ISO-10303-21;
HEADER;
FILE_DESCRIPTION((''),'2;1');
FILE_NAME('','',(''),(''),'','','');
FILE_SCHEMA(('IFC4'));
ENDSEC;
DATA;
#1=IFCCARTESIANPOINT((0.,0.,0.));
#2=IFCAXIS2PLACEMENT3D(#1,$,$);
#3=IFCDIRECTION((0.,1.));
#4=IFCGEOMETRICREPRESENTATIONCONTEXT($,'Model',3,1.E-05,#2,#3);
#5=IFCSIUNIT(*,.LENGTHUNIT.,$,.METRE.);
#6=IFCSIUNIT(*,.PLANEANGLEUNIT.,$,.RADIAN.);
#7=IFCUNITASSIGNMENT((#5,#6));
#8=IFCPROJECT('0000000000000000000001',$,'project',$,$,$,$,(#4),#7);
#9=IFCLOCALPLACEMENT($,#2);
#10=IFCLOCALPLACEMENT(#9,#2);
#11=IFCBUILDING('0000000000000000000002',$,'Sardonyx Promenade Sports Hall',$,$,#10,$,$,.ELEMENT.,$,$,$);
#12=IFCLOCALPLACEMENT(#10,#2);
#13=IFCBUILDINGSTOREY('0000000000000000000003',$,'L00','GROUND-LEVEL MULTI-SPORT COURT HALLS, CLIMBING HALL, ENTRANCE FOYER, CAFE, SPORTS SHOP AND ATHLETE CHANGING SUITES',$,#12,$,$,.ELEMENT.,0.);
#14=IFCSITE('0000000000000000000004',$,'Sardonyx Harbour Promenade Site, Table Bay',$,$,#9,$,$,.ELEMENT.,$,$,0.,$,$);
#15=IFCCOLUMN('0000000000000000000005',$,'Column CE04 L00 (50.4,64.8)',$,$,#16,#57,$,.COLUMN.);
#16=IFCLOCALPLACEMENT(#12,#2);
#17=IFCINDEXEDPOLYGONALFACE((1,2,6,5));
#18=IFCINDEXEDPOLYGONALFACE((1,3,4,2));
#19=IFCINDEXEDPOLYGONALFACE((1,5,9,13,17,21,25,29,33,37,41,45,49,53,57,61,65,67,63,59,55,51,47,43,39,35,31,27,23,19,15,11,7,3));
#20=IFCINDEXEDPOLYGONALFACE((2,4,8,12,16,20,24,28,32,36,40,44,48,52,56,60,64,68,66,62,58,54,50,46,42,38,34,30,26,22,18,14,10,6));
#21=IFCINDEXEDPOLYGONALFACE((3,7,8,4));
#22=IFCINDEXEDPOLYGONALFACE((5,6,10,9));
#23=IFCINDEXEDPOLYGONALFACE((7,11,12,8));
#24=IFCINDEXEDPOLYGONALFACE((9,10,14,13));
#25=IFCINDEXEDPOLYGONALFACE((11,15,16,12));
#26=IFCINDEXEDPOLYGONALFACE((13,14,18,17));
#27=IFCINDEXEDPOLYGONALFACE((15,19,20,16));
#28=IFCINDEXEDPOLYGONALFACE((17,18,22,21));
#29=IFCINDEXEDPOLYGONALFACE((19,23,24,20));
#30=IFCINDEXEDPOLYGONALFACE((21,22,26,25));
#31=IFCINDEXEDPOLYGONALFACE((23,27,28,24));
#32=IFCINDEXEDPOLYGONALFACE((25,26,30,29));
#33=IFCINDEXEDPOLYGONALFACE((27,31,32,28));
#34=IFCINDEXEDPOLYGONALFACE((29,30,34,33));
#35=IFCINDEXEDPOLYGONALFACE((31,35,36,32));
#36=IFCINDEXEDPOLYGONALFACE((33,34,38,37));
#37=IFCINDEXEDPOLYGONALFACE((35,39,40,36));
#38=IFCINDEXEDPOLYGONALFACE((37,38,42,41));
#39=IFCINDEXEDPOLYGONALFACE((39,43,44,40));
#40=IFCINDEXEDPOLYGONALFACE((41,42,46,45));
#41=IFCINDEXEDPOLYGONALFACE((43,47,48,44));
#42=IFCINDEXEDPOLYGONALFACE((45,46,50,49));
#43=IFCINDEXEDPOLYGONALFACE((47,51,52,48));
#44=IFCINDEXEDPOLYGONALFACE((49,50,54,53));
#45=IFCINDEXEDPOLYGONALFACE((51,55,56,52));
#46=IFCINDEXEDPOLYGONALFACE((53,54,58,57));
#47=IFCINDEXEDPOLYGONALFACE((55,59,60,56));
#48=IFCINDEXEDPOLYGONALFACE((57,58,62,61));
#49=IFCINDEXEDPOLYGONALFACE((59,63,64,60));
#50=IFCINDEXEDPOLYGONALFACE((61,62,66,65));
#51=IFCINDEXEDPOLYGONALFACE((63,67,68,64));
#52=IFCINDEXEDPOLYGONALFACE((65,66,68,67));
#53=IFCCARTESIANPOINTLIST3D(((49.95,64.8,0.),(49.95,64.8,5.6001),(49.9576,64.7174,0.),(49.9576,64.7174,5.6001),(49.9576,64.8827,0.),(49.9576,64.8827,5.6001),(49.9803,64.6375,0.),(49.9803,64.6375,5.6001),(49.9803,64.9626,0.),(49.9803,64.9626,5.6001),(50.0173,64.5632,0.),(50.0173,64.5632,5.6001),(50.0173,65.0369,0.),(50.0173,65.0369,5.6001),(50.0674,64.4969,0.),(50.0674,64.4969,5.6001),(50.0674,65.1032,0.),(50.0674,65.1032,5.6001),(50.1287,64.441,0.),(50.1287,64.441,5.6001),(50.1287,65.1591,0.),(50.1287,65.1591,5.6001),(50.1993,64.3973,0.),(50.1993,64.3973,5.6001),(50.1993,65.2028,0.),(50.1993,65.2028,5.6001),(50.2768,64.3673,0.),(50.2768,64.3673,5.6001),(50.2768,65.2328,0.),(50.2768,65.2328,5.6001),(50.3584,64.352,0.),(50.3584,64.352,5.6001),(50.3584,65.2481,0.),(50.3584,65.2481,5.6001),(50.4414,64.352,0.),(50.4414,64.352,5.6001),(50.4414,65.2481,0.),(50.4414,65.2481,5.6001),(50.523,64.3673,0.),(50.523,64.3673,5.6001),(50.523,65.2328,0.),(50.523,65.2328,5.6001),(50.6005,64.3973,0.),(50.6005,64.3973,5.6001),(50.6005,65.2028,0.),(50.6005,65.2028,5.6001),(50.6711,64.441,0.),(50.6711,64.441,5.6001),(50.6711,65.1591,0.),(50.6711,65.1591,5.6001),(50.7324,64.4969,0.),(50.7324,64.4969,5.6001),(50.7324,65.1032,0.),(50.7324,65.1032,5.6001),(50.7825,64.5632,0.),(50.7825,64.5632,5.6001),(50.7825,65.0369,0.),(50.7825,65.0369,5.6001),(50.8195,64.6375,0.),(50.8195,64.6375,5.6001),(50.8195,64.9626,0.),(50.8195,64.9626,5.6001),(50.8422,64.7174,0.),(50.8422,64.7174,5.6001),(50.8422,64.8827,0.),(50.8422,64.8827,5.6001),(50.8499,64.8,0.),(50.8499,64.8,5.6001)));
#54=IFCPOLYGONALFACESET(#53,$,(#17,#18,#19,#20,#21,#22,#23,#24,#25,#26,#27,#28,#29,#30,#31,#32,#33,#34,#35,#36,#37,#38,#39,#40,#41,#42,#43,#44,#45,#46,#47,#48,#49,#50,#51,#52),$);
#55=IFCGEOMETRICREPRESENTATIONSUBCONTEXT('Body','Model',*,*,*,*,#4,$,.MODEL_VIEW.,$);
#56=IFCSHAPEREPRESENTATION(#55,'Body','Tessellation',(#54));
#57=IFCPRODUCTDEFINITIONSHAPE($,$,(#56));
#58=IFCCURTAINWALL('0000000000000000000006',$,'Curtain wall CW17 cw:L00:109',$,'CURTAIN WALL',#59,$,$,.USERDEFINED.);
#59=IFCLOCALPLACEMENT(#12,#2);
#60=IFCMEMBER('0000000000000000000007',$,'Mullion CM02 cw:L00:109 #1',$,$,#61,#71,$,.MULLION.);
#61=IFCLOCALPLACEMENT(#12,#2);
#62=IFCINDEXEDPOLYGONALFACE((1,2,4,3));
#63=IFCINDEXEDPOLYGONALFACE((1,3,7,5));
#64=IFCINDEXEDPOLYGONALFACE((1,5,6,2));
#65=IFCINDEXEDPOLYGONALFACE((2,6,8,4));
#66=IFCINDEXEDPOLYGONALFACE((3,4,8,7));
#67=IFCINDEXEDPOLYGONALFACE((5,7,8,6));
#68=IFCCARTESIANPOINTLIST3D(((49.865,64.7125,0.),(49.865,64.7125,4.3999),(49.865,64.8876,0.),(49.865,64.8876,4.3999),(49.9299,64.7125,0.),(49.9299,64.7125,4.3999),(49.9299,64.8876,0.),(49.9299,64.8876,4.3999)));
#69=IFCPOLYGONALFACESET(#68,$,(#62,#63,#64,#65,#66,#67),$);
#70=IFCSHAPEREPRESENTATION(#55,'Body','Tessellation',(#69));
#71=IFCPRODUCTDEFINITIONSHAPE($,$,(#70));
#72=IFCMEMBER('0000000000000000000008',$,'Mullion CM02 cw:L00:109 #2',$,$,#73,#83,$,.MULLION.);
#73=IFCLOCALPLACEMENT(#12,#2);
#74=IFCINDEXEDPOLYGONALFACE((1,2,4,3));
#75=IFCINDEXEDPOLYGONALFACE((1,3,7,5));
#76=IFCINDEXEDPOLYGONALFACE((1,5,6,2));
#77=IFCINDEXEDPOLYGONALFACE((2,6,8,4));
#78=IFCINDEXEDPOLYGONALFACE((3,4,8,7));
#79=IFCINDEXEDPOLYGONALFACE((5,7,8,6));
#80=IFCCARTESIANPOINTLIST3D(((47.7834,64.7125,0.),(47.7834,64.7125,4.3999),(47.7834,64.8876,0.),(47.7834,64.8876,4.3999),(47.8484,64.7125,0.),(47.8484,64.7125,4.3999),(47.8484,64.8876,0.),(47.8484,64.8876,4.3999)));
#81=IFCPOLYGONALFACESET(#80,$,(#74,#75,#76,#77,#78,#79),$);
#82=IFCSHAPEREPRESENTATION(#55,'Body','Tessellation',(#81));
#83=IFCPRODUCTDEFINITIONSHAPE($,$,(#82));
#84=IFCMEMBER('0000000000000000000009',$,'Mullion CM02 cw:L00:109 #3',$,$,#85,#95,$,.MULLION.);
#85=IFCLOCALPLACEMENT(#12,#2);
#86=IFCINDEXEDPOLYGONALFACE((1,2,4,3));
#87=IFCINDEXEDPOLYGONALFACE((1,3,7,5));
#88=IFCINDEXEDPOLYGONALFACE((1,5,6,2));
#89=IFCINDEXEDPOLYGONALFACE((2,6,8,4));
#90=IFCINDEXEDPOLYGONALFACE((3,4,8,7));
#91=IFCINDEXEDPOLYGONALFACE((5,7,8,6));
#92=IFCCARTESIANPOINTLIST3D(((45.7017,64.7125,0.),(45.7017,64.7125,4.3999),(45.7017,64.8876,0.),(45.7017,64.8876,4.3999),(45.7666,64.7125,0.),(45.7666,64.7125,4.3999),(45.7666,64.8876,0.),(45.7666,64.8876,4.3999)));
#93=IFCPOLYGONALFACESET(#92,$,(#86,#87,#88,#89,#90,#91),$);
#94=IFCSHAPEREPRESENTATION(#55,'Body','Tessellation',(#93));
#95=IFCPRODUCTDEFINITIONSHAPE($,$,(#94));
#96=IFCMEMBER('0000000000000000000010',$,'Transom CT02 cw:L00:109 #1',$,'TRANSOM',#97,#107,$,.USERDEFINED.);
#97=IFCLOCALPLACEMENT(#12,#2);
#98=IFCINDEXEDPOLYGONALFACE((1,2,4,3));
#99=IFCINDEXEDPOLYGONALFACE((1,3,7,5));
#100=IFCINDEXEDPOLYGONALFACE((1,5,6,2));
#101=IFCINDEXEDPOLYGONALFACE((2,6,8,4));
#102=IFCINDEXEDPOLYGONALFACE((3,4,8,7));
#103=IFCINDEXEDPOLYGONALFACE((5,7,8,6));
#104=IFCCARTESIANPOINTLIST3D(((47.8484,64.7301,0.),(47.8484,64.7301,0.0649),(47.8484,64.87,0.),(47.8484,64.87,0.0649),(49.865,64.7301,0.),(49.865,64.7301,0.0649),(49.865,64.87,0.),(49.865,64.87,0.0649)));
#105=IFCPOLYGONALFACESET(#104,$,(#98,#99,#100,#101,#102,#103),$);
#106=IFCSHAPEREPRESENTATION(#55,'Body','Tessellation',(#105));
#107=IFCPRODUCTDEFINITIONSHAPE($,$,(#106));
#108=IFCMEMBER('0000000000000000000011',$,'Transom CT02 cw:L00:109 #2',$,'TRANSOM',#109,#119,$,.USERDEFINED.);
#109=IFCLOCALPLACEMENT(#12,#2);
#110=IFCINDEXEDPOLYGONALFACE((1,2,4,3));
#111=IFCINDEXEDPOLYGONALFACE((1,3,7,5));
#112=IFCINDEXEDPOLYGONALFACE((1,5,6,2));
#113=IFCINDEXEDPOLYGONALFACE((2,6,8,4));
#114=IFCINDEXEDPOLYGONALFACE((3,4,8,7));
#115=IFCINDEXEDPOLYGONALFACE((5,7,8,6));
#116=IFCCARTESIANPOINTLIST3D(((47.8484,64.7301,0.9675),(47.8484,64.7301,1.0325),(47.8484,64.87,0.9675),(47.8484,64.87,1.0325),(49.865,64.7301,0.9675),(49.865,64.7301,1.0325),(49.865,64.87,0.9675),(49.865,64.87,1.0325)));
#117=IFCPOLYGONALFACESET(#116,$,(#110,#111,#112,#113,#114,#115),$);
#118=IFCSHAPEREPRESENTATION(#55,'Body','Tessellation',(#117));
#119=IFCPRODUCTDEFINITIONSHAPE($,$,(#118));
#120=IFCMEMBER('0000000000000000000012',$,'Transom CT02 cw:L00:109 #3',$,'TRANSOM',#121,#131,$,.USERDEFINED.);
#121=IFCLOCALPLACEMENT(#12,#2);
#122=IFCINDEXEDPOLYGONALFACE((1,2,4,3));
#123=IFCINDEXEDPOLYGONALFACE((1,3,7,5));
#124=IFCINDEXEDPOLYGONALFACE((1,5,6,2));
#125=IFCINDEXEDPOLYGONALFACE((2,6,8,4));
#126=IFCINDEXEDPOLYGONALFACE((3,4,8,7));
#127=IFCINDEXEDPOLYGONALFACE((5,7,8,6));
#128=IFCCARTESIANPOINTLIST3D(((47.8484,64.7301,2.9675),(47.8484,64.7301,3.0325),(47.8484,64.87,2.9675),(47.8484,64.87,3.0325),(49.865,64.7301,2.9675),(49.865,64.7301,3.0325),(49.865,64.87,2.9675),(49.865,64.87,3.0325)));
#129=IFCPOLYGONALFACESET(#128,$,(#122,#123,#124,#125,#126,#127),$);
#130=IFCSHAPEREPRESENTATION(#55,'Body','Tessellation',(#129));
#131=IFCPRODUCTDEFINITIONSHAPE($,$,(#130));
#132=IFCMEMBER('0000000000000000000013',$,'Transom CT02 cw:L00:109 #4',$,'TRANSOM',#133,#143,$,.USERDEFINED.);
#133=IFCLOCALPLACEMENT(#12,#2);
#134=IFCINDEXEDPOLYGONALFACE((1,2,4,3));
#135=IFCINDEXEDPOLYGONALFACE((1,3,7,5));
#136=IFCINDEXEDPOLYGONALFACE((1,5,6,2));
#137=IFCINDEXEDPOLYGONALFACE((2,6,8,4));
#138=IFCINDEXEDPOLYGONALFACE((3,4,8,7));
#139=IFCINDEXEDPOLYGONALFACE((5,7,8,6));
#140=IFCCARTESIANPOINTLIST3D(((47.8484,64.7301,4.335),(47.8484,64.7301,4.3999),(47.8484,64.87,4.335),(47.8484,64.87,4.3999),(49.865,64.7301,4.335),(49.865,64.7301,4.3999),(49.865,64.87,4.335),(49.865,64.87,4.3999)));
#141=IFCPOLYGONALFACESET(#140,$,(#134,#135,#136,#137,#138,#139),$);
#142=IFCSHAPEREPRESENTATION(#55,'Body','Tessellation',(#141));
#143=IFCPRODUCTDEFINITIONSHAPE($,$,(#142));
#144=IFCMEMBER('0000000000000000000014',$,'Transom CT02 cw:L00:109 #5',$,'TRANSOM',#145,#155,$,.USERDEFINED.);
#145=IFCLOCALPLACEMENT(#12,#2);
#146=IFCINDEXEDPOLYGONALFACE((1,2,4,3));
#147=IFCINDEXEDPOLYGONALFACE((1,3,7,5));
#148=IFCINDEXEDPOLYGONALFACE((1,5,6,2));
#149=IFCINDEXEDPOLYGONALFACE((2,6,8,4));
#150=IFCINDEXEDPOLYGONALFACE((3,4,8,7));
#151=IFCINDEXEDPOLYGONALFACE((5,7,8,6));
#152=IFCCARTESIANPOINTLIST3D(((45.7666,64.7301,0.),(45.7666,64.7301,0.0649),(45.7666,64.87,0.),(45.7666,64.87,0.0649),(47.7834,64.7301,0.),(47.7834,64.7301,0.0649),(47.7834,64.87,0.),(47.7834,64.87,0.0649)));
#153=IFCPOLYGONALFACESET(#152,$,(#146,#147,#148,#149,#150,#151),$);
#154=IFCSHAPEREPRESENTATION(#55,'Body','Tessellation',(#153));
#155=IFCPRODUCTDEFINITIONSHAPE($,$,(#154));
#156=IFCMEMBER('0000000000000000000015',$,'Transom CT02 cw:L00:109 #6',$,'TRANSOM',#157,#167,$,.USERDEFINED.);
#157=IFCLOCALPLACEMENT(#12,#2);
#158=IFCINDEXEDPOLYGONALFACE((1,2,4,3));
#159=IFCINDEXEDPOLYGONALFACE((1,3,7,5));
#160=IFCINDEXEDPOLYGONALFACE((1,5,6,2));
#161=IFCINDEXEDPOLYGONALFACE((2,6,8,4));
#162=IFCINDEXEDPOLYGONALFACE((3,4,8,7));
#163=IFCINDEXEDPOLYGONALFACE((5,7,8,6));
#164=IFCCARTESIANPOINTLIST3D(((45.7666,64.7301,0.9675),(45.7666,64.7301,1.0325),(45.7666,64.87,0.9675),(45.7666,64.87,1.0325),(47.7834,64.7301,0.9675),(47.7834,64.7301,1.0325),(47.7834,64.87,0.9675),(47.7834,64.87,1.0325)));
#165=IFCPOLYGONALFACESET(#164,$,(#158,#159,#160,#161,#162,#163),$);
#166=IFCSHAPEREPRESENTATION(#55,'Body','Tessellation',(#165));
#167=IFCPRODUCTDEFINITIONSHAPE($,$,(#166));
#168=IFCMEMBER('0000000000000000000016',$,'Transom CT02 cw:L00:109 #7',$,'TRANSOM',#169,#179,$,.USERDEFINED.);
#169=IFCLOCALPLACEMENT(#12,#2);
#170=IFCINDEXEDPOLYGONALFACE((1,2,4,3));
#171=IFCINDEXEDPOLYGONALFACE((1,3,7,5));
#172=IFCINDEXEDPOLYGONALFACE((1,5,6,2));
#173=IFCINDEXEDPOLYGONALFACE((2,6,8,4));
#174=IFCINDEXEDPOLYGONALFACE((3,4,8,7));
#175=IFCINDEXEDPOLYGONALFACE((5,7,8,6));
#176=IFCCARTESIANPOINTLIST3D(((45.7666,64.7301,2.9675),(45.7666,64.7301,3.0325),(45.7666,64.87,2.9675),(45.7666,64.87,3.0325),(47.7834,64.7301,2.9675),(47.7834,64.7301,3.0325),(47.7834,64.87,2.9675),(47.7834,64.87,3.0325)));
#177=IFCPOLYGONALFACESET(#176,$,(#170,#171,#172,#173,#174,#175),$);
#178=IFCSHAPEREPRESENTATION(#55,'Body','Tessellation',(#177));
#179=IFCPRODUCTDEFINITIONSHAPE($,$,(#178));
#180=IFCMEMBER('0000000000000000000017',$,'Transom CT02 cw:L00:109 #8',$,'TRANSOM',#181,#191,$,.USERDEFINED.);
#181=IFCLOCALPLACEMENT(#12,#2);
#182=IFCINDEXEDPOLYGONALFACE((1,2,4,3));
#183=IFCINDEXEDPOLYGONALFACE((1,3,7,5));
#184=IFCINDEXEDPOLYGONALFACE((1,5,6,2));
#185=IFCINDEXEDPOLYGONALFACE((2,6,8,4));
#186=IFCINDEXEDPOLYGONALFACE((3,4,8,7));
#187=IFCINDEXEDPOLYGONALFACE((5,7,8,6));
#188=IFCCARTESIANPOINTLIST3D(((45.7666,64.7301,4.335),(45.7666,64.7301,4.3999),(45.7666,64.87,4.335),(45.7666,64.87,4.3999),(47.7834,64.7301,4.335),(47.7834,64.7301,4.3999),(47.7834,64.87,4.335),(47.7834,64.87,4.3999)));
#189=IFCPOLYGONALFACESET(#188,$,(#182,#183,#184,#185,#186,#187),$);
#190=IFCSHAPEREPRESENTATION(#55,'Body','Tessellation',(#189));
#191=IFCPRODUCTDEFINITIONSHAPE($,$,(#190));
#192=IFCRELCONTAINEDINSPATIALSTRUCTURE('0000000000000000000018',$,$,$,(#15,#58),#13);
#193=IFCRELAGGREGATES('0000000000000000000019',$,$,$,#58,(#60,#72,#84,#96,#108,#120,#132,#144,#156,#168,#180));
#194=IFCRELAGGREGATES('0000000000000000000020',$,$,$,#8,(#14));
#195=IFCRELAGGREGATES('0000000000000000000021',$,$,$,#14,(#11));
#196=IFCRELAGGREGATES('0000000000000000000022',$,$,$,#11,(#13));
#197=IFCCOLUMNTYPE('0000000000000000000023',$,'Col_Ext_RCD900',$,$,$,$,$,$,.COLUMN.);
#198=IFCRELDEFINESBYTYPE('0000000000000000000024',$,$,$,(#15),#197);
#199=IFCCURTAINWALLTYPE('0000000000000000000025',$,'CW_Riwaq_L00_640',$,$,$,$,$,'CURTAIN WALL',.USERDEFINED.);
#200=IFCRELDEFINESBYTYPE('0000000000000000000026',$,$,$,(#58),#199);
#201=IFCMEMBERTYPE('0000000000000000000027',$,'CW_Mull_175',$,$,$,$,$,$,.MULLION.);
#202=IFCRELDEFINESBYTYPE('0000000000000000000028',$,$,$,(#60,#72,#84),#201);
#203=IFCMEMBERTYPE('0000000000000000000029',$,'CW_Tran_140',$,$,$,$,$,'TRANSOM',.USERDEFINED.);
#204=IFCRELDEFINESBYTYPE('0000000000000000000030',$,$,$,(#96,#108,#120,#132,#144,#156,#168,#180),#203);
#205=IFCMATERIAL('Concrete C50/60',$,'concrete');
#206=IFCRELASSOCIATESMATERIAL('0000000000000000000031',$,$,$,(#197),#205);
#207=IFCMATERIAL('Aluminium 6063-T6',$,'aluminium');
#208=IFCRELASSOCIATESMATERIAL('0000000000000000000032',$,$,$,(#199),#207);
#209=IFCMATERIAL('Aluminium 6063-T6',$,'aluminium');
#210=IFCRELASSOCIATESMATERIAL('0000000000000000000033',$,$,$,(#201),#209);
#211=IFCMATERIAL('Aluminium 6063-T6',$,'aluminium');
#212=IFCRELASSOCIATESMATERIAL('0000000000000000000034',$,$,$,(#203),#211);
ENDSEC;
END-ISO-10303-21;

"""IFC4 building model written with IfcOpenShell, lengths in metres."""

from ifc_helpers import new_model, si_unit, direction, frame, origin, origin_2d, place, context, subcontext, project, spatial, rectangle, circle, extrude, material, material_profile, profile_set, type_object, element, aggregate, save


model = new_model("IFC4")

# Units and contexts
model_context = context("Model", 3, precision=1e-05, world=origin(), true_north=direction((0.0, 1.0)))
body_context = subcontext(model_context, "Body", "Model", "MODEL_VIEW")
ifc_project = project(units=[si_unit("LENGTHUNIT", "METRE"), si_unit("PLANEANGLEUNIT", "RADIAN")], contexts=[model_context])

# Site, building, storey
site_placement = place(None, origin())
site = spatial("IfcSite", under=ifc_project, at=site_placement, Name="Sardonyx Harbour Promenade Site, Table Bay", CompositionType="ELEMENT", RefElevation=0.0)
building_placement = place(site_placement, origin())
building = spatial("IfcBuilding", under=site, at=building_placement, Name="Sardonyx Promenade Sports Hall", CompositionType="ELEMENT")
storey_placement = place(building_placement, origin())
storey = spatial("IfcBuildingStorey", under=building, at=storey_placement, Name="L00", Description="GROUND-LEVEL MULTI-SPORT COURT HALLS, CLIMBING HALL, ENTRANCE FOYER, CAFE, SPORTS SHOP AND ATHLETE CHANGING SUITES", CompositionType="ELEMENT", Elevation=0.0)

# Column
ifc_material_1 = material(Name="Concrete C50/60", Category="concrete")
ifc_material_profile_1 = material_profile(ifc_material_1, circle(Radius=0.45, at=origin_2d()))
ifc_profile_set_1 = profile_set([ifc_material_profile_1], Name="Concrete C50/60")
column_type = type_object("IfcColumnType", Name="Col_Ext_RCD900", PredefinedType="COLUMN", material=ifc_profile_set_1)
column_placement = place(storey_placement, frame((50.3999, 64.8, 0.0), z_axis=(0.0, 0.0, 1.0), x_axis=(1.0, 0.0, 0.0)))
element("IfcColumn", 1, at=column_placement, inside=storey, type_object=column_type, Name="Column CE04 L00 (50.4,64.8)", PredefinedType="COLUMN", context=body_context, shape_type="SweptSolid", body=[
    extrude(circle(Radius=0.45, at=origin_2d()), origin(), (0.0, 0.0, 1.0), 5.6001),
])

# Curtain wall, members
ifc_material_2 = material(Name="Aluminium 6063-T6", Category="aluminium")
curtain_wall_type = type_object("IfcCurtainWallType", Name="CW_Riwaq_L00_640", ElementType="CURTAIN WALL", PredefinedType="USERDEFINED", material=ifc_material_2)
curtain_wall_placement = place(storey_placement, origin())
curtain_wall = element("IfcCurtainWall", 2, at=curtain_wall_placement, inside=storey, type_object=curtain_wall_type, Name="Curtain wall CW17 cw:L00:109", ObjectType="CURTAIN WALL", PredefinedType="USERDEFINED")
ifc_material_3 = material(Name="Aluminium 6063-T6", Category="aluminium")
ifc_material_profile_2 = material_profile(ifc_material_3, rectangle(XDim=0.0649, YDim=0.175, at=origin_2d()))
ifc_profile_set_2 = profile_set([ifc_material_profile_2], Name="Aluminium 6063-T6")
member_type_1 = type_object("IfcMemberType", Name="CW_Mull_175", PredefinedType="MULLION", material=ifc_profile_set_2)
member_1_placement = place(storey_placement, frame((49.8975, 64.8, 0.0), z_axis=(0.0, 0.0, 1.0), x_axis=(-1.0, 0.0, 0.0)))
member_1 = element("IfcMember", 3, at=member_1_placement, type_object=member_type_1, Name="Mullion CM02 cw:L00:109 #1", PredefinedType="MULLION", context=body_context, shape_type="SweptSolid", body=[
    extrude(rectangle(XDim=0.0649, YDim=0.175, at=origin_2d()), origin(), (0.0, 0.0, 1.0), 4.3999),
])
member_2_placement = place(storey_placement, frame((47.8159, 64.8, 0.0), z_axis=(0.0, 0.0, 1.0), x_axis=(-1.0, 0.0, 0.0)))
member_2 = element("IfcMember", 4, at=member_2_placement, type_object=member_type_1, Name="Mullion CM02 cw:L00:109 #2", PredefinedType="MULLION", context=body_context, shape_type="SweptSolid", body=[
    extrude(rectangle(XDim=0.0649, YDim=0.175, at=origin_2d()), origin(), (0.0, 0.0, 1.0), 4.3999),
])
member_3_placement = place(storey_placement, frame((45.7341, 64.8, 0.0), z_axis=(0.0, 0.0, 1.0), x_axis=(-1.0, 0.0, 0.0)))
member_3 = element("IfcMember", 5, at=member_3_placement, type_object=member_type_1, Name="Mullion CM02 cw:L00:109 #3", PredefinedType="MULLION", context=body_context, shape_type="SweptSolid", body=[
    extrude(rectangle(XDim=0.0649, YDim=0.175, at=origin_2d()), origin(), (0.0, 0.0, 1.0), 4.3999),
])
ifc_material_4 = material(Name="Aluminium 6063-T6", Category="aluminium")
ifc_material_profile_3 = material_profile(ifc_material_4, rectangle(XDim=0.0649, YDim=0.1399, at=origin_2d()))
ifc_profile_set_3 = profile_set([ifc_material_profile_3], Name="Aluminium 6063-T6")
member_type_2 = type_object("IfcMemberType", Name="CW_Tran_140", ElementType="TRANSOM", PredefinedType="USERDEFINED", material=ifc_profile_set_3)
member_4_placement = place(storey_placement, frame((49.865, 64.8, 0.0325), z_axis=(-1.0, 0.0, 0.0), x_axis=(0.0, 0.0, 1.0)))
member_4 = element("IfcMember", 6, at=member_4_placement, type_object=member_type_2, Name="Transom CT02 cw:L00:109 #1", ObjectType="TRANSOM", PredefinedType="USERDEFINED", context=body_context, shape_type="SweptSolid", body=[
    extrude(rectangle(XDim=0.0649, YDim=0.1399, at=origin_2d()), origin(), (0.0, 0.0, 1.0), 2.0166),
])
member_5_placement = place(storey_placement, frame((49.865, 64.8, 1.0), z_axis=(-1.0, 0.0, 0.0), x_axis=(0.0, 0.0, 1.0)))
member_5 = element("IfcMember", 7, at=member_5_placement, type_object=member_type_2, Name="Transom CT02 cw:L00:109 #2", ObjectType="TRANSOM", PredefinedType="USERDEFINED", context=body_context, shape_type="SweptSolid", body=[
    extrude(rectangle(XDim=0.0649, YDim=0.1399, at=origin_2d()), origin(), (0.0, 0.0, 1.0), 2.0166),
])
member_6_placement = place(storey_placement, frame((49.865, 64.8, 3.0), z_axis=(-1.0, 0.0, 0.0), x_axis=(0.0, 0.0, 1.0)))
member_6 = element("IfcMember", 8, at=member_6_placement, type_object=member_type_2, Name="Transom CT02 cw:L00:109 #3", ObjectType="TRANSOM", PredefinedType="USERDEFINED", context=body_context, shape_type="SweptSolid", body=[
    extrude(rectangle(XDim=0.0649, YDim=0.1399, at=origin_2d()), origin(), (0.0, 0.0, 1.0), 2.0166),
])
member_7_placement = place(storey_placement, frame((49.865, 64.8, 4.3674), z_axis=(-1.0, 0.0, 0.0), x_axis=(0.0, 0.0, 1.0)))
member_7 = element("IfcMember", 9, at=member_7_placement, type_object=member_type_2, Name="Transom CT02 cw:L00:109 #4", ObjectType="TRANSOM", PredefinedType="USERDEFINED", context=body_context, shape_type="SweptSolid", body=[
    extrude(rectangle(XDim=0.0649, YDim=0.1399, at=origin_2d()), origin(), (0.0, 0.0, 1.0), 2.0166),
])
member_8_placement = place(storey_placement, frame((47.7834, 64.8, 0.0325), z_axis=(-1.0, 0.0, 0.0), x_axis=(0.0, 0.0, 1.0)))
member_8 = element("IfcMember", 10, at=member_8_placement, type_object=member_type_2, Name="Transom CT02 cw:L00:109 #5", ObjectType="TRANSOM", PredefinedType="USERDEFINED", context=body_context, shape_type="SweptSolid", body=[
    extrude(rectangle(XDim=0.0649, YDim=0.1399, at=origin_2d()), origin(), (0.0, 0.0, 1.0), 2.0168),
])
member_9_placement = place(storey_placement, frame((47.7834, 64.8, 1.0), z_axis=(-1.0, 0.0, 0.0), x_axis=(0.0, 0.0, 1.0)))
member_9 = element("IfcMember", 11, at=member_9_placement, type_object=member_type_2, Name="Transom CT02 cw:L00:109 #6", ObjectType="TRANSOM", PredefinedType="USERDEFINED", context=body_context, shape_type="SweptSolid", body=[
    extrude(rectangle(XDim=0.0649, YDim=0.1399, at=origin_2d()), origin(), (0.0, 0.0, 1.0), 2.0168),
])
member_10_placement = place(storey_placement, frame((47.7834, 64.8, 3.0), z_axis=(-1.0, 0.0, 0.0), x_axis=(0.0, 0.0, 1.0)))
member_10 = element("IfcMember", 12, at=member_10_placement, type_object=member_type_2, Name="Transom CT02 cw:L00:109 #7", ObjectType="TRANSOM", PredefinedType="USERDEFINED", context=body_context, shape_type="SweptSolid", body=[
    extrude(rectangle(XDim=0.0649, YDim=0.1399, at=origin_2d()), origin(), (0.0, 0.0, 1.0), 2.0168),
])
member_11_placement = place(storey_placement, frame((47.7834, 64.8, 4.3674), z_axis=(-1.0, 0.0, 0.0), x_axis=(0.0, 0.0, 1.0)))
member_11 = element("IfcMember", 13, at=member_11_placement, type_object=member_type_2, Name="Transom CT02 cw:L00:109 #8", ObjectType="TRANSOM", PredefinedType="USERDEFINED", context=body_context, shape_type="SweptSolid", body=[
    extrude(rectangle(XDim=0.0649, YDim=0.1399, at=origin_2d()), origin(), (0.0, 0.0, 1.0), 2.0168),
])
aggregate(curtain_wall, [member_1, member_2, member_3, member_4, member_5, member_6, member_7, member_8, member_9, member_10, member_11])

save(model, "model.ifc")
